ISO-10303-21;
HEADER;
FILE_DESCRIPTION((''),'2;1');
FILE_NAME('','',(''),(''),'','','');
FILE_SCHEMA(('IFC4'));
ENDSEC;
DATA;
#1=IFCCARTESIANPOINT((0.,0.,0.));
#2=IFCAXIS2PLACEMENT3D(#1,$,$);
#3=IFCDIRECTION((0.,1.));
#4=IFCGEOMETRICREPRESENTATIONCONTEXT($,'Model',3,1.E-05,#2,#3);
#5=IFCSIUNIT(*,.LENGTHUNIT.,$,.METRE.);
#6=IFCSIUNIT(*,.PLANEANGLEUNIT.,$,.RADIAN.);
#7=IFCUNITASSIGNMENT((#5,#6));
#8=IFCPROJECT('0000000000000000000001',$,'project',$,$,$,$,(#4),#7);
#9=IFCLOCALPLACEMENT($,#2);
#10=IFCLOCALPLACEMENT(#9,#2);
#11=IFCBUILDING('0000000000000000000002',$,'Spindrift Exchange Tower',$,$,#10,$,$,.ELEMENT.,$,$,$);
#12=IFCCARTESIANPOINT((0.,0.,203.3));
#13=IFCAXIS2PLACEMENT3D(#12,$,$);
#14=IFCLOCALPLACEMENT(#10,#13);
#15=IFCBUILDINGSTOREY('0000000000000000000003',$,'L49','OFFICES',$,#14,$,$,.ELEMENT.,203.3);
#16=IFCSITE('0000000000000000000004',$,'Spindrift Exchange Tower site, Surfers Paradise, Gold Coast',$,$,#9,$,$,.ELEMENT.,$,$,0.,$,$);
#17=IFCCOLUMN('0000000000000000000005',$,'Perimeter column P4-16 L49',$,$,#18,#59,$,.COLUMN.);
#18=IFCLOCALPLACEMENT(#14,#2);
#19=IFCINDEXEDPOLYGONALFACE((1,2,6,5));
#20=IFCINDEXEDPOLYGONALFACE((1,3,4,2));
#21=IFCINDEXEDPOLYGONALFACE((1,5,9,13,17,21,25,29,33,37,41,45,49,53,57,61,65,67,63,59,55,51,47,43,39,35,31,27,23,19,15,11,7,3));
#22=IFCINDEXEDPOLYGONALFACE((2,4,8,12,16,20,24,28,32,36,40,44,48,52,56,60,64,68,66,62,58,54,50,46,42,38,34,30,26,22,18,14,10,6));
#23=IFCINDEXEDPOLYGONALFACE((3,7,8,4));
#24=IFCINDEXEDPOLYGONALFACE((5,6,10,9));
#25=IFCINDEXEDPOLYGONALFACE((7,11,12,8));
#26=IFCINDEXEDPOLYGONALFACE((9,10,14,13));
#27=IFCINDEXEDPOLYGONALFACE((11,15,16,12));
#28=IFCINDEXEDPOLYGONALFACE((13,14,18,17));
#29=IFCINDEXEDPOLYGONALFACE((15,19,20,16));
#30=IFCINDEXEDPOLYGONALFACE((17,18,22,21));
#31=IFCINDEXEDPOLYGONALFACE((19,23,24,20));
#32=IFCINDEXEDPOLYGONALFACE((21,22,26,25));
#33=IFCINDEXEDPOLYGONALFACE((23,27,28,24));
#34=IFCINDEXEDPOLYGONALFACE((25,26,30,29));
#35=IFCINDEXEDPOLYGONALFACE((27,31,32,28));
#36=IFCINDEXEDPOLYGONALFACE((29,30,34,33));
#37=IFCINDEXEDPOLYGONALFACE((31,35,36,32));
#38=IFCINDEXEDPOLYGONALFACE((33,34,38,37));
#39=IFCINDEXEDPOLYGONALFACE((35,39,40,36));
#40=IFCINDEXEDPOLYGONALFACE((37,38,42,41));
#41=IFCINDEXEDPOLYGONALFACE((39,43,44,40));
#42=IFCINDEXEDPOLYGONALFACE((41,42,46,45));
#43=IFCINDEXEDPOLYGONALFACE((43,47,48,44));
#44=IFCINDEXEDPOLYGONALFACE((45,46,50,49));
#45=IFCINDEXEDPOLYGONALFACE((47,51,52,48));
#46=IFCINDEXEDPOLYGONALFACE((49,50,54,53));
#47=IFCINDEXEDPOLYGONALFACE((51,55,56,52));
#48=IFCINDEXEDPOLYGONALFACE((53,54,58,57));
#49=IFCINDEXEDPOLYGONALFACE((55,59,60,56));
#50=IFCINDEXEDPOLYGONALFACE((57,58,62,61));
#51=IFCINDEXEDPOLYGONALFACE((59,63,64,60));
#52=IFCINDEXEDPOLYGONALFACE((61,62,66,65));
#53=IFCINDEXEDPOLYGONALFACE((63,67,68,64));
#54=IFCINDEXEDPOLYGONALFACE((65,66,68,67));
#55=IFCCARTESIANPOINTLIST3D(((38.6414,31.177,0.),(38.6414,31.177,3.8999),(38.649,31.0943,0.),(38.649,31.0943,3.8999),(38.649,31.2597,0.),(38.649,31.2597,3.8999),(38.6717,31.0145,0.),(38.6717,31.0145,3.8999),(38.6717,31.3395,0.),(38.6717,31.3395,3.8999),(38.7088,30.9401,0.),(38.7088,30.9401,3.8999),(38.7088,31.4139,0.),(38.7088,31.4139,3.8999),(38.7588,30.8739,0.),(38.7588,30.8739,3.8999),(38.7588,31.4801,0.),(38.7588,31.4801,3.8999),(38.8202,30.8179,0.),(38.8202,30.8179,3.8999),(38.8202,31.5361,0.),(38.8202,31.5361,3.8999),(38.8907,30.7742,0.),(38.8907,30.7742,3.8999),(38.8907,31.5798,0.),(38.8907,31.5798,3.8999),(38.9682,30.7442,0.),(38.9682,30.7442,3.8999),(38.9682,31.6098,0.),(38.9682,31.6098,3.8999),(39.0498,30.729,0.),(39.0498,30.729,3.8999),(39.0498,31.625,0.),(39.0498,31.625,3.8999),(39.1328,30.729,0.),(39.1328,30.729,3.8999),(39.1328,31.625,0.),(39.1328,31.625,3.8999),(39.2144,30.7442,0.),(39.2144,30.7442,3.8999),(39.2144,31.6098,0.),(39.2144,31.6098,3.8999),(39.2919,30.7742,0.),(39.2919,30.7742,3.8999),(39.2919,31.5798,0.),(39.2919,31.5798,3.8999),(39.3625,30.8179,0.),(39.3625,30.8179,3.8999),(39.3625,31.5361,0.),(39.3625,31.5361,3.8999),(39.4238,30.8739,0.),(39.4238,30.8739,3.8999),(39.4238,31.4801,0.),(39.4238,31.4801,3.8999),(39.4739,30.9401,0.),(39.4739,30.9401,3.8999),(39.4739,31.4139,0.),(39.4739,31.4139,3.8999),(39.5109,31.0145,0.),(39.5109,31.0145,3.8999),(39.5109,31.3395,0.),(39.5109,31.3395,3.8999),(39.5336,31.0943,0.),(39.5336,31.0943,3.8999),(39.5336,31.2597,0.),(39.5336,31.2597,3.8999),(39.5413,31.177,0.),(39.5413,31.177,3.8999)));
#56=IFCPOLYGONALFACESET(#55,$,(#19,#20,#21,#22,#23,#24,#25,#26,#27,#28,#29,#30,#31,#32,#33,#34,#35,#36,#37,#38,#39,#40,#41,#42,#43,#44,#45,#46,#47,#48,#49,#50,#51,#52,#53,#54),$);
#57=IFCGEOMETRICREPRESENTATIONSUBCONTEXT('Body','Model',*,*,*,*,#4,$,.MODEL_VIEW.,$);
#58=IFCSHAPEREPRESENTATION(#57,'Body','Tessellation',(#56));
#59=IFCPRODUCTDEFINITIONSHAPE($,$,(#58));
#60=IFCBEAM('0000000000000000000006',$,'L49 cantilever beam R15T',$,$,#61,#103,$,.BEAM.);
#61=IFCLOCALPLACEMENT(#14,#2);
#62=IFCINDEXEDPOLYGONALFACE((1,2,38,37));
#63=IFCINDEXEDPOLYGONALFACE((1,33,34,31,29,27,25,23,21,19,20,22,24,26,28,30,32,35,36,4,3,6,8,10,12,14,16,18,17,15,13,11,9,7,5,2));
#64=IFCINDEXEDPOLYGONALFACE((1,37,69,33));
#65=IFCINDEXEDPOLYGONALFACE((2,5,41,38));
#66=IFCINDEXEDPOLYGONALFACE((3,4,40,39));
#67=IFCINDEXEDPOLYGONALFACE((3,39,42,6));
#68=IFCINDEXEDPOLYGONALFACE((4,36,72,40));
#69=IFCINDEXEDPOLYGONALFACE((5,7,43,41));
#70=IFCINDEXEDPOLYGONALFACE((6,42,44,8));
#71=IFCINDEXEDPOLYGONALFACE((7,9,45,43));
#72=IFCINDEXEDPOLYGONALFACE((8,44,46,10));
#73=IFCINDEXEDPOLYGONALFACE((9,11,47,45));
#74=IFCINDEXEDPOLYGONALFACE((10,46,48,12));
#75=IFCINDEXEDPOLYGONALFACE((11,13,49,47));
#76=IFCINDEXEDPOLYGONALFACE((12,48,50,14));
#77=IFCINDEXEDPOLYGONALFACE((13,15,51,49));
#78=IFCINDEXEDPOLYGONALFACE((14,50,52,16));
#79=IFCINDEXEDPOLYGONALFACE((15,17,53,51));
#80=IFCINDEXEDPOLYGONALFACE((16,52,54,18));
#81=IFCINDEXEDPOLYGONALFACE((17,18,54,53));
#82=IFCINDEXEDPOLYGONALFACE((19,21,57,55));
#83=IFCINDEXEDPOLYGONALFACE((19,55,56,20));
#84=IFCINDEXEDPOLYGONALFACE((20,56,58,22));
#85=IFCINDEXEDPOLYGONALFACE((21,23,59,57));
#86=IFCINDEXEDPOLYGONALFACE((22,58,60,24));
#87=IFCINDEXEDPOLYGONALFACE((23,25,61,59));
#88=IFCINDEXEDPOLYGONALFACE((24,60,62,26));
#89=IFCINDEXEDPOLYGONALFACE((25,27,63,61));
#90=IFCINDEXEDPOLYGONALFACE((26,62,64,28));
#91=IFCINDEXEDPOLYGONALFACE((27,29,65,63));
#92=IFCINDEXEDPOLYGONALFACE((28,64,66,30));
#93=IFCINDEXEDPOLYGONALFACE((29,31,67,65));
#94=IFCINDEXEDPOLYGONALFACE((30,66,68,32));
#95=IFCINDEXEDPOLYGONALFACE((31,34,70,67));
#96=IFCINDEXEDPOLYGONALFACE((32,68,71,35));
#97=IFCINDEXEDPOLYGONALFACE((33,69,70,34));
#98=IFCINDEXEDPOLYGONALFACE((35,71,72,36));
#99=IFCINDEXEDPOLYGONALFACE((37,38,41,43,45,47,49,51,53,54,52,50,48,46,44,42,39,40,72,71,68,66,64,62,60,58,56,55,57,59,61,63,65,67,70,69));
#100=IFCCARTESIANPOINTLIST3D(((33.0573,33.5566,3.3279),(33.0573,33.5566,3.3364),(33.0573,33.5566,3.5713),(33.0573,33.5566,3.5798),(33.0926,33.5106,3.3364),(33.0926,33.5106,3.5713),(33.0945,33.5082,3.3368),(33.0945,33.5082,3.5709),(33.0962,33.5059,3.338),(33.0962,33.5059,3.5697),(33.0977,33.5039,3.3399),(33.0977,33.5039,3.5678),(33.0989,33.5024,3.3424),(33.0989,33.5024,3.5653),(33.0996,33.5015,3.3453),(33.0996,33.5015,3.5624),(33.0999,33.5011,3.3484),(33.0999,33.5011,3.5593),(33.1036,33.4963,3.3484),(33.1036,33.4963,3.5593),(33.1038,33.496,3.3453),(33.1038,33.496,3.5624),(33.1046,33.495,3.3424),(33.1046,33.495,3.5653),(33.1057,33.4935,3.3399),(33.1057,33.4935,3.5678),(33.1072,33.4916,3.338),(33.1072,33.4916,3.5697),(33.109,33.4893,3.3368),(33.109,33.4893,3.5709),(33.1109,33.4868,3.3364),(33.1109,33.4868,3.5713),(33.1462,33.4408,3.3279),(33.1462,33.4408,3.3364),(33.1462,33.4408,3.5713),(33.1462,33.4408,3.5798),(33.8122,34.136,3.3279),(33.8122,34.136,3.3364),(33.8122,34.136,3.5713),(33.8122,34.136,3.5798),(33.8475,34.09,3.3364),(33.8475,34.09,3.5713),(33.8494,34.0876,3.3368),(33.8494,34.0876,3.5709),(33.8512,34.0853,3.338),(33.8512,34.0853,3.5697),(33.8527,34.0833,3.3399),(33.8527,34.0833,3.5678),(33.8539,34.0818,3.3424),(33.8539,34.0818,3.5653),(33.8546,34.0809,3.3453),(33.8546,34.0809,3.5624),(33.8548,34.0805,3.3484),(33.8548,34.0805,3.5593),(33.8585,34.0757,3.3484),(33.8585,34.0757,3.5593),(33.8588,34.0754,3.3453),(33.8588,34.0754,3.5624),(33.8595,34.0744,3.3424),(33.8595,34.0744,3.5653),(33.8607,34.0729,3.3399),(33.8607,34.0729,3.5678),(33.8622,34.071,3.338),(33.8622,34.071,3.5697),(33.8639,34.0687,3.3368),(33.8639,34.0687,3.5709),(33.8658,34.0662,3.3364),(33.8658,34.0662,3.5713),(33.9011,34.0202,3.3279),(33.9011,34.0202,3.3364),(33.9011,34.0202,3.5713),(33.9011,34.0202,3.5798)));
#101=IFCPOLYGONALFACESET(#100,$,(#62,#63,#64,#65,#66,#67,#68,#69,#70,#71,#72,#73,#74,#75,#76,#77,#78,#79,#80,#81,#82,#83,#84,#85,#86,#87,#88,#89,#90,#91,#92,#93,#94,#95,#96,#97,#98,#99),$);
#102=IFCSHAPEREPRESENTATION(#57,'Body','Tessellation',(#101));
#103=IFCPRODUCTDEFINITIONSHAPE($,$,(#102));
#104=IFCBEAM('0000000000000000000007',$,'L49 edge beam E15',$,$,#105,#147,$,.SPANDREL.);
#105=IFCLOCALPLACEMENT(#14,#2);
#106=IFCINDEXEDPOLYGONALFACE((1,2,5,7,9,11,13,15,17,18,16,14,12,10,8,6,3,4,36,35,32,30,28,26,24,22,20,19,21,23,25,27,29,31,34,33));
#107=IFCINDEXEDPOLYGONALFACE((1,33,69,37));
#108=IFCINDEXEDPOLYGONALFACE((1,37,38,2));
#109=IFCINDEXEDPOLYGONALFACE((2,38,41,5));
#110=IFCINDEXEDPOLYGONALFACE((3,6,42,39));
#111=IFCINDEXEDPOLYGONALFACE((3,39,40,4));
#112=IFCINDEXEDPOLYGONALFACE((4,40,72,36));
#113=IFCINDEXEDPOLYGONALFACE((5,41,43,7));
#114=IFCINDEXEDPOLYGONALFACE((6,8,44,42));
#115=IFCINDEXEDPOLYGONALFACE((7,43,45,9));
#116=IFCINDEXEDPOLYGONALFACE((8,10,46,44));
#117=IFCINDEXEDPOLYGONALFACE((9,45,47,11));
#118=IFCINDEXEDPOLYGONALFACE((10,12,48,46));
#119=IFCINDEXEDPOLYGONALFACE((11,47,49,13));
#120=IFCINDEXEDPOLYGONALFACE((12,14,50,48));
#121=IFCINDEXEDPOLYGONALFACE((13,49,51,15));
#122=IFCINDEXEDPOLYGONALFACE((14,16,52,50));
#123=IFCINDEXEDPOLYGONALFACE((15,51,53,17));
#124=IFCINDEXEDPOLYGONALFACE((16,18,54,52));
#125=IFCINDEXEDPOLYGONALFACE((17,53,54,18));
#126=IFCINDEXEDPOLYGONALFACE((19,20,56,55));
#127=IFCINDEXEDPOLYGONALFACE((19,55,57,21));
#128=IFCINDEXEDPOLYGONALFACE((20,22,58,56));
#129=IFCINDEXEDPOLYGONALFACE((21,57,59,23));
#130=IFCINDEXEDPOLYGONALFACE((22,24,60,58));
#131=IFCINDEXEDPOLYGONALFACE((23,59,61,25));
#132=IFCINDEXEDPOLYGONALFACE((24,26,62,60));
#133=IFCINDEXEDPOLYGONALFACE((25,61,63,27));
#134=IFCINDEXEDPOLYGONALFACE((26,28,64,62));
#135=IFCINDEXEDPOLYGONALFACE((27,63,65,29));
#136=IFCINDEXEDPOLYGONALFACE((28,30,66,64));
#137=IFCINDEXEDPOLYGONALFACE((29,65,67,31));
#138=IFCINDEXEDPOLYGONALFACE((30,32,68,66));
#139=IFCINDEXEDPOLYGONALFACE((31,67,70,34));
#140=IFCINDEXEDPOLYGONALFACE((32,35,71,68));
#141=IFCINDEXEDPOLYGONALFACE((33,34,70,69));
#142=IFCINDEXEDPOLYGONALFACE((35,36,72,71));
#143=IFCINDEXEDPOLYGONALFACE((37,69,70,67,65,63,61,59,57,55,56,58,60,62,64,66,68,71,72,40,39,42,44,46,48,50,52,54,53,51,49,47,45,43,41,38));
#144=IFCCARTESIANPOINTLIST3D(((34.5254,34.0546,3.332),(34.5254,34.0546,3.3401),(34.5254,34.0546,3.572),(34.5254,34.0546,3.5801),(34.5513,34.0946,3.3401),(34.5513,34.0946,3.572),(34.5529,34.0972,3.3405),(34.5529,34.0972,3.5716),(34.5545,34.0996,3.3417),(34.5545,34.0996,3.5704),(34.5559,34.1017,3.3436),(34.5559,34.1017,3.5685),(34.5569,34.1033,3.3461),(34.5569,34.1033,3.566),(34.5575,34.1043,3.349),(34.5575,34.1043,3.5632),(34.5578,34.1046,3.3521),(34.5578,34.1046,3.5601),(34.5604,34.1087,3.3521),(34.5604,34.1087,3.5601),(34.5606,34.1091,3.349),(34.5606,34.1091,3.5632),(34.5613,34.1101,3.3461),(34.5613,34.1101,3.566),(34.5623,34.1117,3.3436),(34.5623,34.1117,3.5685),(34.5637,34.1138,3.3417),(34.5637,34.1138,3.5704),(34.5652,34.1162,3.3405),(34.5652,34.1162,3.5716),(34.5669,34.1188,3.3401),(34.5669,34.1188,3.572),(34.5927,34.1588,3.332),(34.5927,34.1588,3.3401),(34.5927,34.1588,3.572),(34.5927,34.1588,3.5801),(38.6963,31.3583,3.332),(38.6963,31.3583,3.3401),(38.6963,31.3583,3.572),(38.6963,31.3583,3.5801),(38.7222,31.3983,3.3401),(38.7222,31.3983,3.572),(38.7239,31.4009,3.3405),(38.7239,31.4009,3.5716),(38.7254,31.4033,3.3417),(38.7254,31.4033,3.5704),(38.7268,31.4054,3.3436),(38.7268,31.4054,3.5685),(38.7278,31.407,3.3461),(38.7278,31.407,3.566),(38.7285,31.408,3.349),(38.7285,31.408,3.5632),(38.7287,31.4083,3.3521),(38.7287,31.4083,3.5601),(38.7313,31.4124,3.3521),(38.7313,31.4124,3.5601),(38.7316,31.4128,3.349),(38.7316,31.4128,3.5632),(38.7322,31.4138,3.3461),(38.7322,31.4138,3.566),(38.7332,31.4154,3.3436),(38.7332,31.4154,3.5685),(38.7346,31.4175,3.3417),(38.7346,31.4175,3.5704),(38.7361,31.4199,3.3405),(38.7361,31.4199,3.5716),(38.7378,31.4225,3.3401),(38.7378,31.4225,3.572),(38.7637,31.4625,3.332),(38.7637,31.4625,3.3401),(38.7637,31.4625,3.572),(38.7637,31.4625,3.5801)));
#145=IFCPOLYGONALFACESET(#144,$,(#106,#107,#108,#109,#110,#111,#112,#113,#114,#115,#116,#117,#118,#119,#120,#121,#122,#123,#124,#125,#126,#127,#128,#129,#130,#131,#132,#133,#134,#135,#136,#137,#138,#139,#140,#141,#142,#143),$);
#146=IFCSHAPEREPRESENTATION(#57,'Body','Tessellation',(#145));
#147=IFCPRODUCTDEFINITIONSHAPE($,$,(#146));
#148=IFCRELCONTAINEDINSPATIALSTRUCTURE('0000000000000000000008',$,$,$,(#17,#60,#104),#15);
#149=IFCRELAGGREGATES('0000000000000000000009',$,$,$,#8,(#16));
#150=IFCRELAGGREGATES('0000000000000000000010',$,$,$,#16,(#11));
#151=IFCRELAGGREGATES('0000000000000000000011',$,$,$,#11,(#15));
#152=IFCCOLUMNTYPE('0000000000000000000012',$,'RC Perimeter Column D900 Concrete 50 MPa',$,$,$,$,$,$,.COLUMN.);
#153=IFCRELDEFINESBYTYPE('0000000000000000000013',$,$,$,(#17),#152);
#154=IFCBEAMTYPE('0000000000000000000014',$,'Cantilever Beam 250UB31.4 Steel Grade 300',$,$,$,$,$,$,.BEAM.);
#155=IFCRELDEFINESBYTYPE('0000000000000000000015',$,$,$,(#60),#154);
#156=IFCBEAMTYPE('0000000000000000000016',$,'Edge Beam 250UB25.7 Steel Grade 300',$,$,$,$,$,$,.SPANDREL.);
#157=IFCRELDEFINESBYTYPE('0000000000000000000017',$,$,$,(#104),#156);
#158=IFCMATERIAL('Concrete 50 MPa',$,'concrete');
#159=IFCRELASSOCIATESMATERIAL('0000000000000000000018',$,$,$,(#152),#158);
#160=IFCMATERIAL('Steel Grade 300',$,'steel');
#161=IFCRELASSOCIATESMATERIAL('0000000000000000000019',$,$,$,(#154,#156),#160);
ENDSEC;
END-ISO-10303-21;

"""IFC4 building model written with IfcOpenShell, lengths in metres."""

from ifc_helpers import new_model, si_unit, direction, frame, origin, origin_2d, place, context, subcontext, project, spatial, circle, i_section, extrude, source, transform, mapped, material, material_profile, profile_set, type_object, element, save


model = new_model("IFC4")

# Units and contexts
model_context = context("Model", 3, precision=1e-05, world=origin(), true_north=direction((0.0, 1.0)))
body_context = subcontext(model_context, "Body", "Model", "MODEL_VIEW")
ifc_project = project(units=[si_unit("LENGTHUNIT", "METRE"), si_unit("PLANEANGLEUNIT", "RADIAN")], contexts=[model_context])

# Site, building, storey
site_placement = place(None, origin())
site = spatial("IfcSite", under=ifc_project, at=site_placement, Name="Spindrift Exchange Tower site, Surfers Paradise, Gold Coast", CompositionType="ELEMENT", RefElevation=0.0)
building_placement = place(site_placement, origin())
building = spatial("IfcBuilding", under=site, at=building_placement, Name="Spindrift Exchange Tower", CompositionType="ELEMENT")
storey_placement = place(building_placement, frame((0.0, 0.0, 203.3)))
storey = spatial("IfcBuildingStorey", under=building, at=storey_placement, Name="L49", Description="OFFICES", CompositionType="ELEMENT", Elevation=203.3)

# Column
ifc_material_1 = material(Name="Concrete 50 MPa", Category="concrete")
ifc_material_profile_1 = material_profile(ifc_material_1, circle(Radius=0.45, at=origin_2d()), Name="RC D900")
ifc_profile_set_1 = profile_set([ifc_material_profile_1], Name="Concrete 50 MPa")
column_type = type_object("IfcColumnType", Name="RC Perimeter Column D900 Concrete 50 MPa", PredefinedType="COLUMN", material=ifc_profile_set_1)
shared_shape_1 = source(origin(), body_context, "Body", "SweptSolid", [
    extrude(circle(Radius=0.45, at=origin_2d()), origin(), (0.0, 0.0, 1.0), 3.8999),
])
column_placement = place(storey_placement, frame((39.0913, 31.177, 0.0), z_axis=(0.0, 0.0, 1.0), x_axis=(1.0, 0.0, 0.0)))
element("IfcColumn", 1, at=column_placement, inside=storey, type_object=column_type, Name="Perimeter column P4-16 L49", PredefinedType="COLUMN", context=body_context, shape_type="MappedRepresentation", body=[
    mapped(shared_shape_1, transform((0.0, 0.0, 0.0), scale=1.0)),
])

# Beams
ifc_material_2 = material(Name="Steel Grade 300", Category="steel")
ifc_material_profile_2 = material_profile(ifc_material_2, i_section(OverallWidth=0.146, OverallDepth=0.252, WebThickness=0.0061, FlangeThickness=0.0085, FilletRadius=0.012, at=origin_2d()), Name="250UB31.4")
ifc_profile_set_2 = profile_set([ifc_material_profile_2], Name="Steel Grade 300")
beam_type_1 = type_object("IfcBeamType", Name="Cantilever Beam 250UB31.4 Steel Grade 300", PredefinedType="BEAM", material=ifc_profile_set_2)
shared_shape_2 = source(origin(), body_context, "Body", "SweptSolid", [
    extrude(i_section(OverallWidth=0.146, OverallDepth=0.252, WebThickness=0.0061, FlangeThickness=0.0085, FilletRadius=0.012, at=origin_2d()), origin(), (0.0, 0.0, 1.0), 0.9517),
])
beam_1_placement = place(storey_placement, frame((33.8567, 34.0781, 3.4539), z_axis=(-0.793301, -0.60883, 0.0), x_axis=(0.60883, -0.793301, 0.0)))
element("IfcBeam", 2, at=beam_1_placement, inside=storey, type_object=beam_type_1, Name="L49 cantilever beam R15T", PredefinedType="BEAM", context=body_context, shape_type="MappedRepresentation", body=[
    mapped(shared_shape_2, transform((0.0, 0.0, 0.0), scale=1.0)),
])
ifc_material_profile_3 = material_profile(ifc_material_2, i_section(OverallWidth=0.124, OverallDepth=0.248, WebThickness=0.0049, FlangeThickness=0.0081, FilletRadius=0.012, at=origin_2d()), Name="250UB25.7")
ifc_profile_set_3 = profile_set([ifc_material_profile_3], Name="Steel Grade 300")
beam_type_2 = type_object("IfcBeamType", Name="Edge Beam 250UB25.7 Steel Grade 300", PredefinedType="SPANDREL", material=ifc_profile_set_3)
shared_shape_3 = source(origin(), body_context, "Body", "SweptSolid", [
    extrude(i_section(OverallWidth=0.124, OverallDepth=0.248, WebThickness=0.0049, FlangeThickness=0.0081, FilletRadius=0.012, at=origin_2d()), origin(), (0.0, 0.0, 1.0), 4.9666),
])
beam_2_placement = place(storey_placement, frame((34.5591, 34.1067, 3.4561), z_axis=(0.839802, -0.542893, 0.0), x_axis=(0.542893, 0.839802, 0.0)))
element("IfcBeam", 3, at=beam_2_placement, inside=storey, type_object=beam_type_2, Name="L49 edge beam E15", PredefinedType="SPANDREL", context=body_context, shape_type="MappedRepresentation", body=[
    mapped(shared_shape_3, transform((0.0, 0.0, 0.0), scale=1.0)),
])

save(model, "model.ifc")
